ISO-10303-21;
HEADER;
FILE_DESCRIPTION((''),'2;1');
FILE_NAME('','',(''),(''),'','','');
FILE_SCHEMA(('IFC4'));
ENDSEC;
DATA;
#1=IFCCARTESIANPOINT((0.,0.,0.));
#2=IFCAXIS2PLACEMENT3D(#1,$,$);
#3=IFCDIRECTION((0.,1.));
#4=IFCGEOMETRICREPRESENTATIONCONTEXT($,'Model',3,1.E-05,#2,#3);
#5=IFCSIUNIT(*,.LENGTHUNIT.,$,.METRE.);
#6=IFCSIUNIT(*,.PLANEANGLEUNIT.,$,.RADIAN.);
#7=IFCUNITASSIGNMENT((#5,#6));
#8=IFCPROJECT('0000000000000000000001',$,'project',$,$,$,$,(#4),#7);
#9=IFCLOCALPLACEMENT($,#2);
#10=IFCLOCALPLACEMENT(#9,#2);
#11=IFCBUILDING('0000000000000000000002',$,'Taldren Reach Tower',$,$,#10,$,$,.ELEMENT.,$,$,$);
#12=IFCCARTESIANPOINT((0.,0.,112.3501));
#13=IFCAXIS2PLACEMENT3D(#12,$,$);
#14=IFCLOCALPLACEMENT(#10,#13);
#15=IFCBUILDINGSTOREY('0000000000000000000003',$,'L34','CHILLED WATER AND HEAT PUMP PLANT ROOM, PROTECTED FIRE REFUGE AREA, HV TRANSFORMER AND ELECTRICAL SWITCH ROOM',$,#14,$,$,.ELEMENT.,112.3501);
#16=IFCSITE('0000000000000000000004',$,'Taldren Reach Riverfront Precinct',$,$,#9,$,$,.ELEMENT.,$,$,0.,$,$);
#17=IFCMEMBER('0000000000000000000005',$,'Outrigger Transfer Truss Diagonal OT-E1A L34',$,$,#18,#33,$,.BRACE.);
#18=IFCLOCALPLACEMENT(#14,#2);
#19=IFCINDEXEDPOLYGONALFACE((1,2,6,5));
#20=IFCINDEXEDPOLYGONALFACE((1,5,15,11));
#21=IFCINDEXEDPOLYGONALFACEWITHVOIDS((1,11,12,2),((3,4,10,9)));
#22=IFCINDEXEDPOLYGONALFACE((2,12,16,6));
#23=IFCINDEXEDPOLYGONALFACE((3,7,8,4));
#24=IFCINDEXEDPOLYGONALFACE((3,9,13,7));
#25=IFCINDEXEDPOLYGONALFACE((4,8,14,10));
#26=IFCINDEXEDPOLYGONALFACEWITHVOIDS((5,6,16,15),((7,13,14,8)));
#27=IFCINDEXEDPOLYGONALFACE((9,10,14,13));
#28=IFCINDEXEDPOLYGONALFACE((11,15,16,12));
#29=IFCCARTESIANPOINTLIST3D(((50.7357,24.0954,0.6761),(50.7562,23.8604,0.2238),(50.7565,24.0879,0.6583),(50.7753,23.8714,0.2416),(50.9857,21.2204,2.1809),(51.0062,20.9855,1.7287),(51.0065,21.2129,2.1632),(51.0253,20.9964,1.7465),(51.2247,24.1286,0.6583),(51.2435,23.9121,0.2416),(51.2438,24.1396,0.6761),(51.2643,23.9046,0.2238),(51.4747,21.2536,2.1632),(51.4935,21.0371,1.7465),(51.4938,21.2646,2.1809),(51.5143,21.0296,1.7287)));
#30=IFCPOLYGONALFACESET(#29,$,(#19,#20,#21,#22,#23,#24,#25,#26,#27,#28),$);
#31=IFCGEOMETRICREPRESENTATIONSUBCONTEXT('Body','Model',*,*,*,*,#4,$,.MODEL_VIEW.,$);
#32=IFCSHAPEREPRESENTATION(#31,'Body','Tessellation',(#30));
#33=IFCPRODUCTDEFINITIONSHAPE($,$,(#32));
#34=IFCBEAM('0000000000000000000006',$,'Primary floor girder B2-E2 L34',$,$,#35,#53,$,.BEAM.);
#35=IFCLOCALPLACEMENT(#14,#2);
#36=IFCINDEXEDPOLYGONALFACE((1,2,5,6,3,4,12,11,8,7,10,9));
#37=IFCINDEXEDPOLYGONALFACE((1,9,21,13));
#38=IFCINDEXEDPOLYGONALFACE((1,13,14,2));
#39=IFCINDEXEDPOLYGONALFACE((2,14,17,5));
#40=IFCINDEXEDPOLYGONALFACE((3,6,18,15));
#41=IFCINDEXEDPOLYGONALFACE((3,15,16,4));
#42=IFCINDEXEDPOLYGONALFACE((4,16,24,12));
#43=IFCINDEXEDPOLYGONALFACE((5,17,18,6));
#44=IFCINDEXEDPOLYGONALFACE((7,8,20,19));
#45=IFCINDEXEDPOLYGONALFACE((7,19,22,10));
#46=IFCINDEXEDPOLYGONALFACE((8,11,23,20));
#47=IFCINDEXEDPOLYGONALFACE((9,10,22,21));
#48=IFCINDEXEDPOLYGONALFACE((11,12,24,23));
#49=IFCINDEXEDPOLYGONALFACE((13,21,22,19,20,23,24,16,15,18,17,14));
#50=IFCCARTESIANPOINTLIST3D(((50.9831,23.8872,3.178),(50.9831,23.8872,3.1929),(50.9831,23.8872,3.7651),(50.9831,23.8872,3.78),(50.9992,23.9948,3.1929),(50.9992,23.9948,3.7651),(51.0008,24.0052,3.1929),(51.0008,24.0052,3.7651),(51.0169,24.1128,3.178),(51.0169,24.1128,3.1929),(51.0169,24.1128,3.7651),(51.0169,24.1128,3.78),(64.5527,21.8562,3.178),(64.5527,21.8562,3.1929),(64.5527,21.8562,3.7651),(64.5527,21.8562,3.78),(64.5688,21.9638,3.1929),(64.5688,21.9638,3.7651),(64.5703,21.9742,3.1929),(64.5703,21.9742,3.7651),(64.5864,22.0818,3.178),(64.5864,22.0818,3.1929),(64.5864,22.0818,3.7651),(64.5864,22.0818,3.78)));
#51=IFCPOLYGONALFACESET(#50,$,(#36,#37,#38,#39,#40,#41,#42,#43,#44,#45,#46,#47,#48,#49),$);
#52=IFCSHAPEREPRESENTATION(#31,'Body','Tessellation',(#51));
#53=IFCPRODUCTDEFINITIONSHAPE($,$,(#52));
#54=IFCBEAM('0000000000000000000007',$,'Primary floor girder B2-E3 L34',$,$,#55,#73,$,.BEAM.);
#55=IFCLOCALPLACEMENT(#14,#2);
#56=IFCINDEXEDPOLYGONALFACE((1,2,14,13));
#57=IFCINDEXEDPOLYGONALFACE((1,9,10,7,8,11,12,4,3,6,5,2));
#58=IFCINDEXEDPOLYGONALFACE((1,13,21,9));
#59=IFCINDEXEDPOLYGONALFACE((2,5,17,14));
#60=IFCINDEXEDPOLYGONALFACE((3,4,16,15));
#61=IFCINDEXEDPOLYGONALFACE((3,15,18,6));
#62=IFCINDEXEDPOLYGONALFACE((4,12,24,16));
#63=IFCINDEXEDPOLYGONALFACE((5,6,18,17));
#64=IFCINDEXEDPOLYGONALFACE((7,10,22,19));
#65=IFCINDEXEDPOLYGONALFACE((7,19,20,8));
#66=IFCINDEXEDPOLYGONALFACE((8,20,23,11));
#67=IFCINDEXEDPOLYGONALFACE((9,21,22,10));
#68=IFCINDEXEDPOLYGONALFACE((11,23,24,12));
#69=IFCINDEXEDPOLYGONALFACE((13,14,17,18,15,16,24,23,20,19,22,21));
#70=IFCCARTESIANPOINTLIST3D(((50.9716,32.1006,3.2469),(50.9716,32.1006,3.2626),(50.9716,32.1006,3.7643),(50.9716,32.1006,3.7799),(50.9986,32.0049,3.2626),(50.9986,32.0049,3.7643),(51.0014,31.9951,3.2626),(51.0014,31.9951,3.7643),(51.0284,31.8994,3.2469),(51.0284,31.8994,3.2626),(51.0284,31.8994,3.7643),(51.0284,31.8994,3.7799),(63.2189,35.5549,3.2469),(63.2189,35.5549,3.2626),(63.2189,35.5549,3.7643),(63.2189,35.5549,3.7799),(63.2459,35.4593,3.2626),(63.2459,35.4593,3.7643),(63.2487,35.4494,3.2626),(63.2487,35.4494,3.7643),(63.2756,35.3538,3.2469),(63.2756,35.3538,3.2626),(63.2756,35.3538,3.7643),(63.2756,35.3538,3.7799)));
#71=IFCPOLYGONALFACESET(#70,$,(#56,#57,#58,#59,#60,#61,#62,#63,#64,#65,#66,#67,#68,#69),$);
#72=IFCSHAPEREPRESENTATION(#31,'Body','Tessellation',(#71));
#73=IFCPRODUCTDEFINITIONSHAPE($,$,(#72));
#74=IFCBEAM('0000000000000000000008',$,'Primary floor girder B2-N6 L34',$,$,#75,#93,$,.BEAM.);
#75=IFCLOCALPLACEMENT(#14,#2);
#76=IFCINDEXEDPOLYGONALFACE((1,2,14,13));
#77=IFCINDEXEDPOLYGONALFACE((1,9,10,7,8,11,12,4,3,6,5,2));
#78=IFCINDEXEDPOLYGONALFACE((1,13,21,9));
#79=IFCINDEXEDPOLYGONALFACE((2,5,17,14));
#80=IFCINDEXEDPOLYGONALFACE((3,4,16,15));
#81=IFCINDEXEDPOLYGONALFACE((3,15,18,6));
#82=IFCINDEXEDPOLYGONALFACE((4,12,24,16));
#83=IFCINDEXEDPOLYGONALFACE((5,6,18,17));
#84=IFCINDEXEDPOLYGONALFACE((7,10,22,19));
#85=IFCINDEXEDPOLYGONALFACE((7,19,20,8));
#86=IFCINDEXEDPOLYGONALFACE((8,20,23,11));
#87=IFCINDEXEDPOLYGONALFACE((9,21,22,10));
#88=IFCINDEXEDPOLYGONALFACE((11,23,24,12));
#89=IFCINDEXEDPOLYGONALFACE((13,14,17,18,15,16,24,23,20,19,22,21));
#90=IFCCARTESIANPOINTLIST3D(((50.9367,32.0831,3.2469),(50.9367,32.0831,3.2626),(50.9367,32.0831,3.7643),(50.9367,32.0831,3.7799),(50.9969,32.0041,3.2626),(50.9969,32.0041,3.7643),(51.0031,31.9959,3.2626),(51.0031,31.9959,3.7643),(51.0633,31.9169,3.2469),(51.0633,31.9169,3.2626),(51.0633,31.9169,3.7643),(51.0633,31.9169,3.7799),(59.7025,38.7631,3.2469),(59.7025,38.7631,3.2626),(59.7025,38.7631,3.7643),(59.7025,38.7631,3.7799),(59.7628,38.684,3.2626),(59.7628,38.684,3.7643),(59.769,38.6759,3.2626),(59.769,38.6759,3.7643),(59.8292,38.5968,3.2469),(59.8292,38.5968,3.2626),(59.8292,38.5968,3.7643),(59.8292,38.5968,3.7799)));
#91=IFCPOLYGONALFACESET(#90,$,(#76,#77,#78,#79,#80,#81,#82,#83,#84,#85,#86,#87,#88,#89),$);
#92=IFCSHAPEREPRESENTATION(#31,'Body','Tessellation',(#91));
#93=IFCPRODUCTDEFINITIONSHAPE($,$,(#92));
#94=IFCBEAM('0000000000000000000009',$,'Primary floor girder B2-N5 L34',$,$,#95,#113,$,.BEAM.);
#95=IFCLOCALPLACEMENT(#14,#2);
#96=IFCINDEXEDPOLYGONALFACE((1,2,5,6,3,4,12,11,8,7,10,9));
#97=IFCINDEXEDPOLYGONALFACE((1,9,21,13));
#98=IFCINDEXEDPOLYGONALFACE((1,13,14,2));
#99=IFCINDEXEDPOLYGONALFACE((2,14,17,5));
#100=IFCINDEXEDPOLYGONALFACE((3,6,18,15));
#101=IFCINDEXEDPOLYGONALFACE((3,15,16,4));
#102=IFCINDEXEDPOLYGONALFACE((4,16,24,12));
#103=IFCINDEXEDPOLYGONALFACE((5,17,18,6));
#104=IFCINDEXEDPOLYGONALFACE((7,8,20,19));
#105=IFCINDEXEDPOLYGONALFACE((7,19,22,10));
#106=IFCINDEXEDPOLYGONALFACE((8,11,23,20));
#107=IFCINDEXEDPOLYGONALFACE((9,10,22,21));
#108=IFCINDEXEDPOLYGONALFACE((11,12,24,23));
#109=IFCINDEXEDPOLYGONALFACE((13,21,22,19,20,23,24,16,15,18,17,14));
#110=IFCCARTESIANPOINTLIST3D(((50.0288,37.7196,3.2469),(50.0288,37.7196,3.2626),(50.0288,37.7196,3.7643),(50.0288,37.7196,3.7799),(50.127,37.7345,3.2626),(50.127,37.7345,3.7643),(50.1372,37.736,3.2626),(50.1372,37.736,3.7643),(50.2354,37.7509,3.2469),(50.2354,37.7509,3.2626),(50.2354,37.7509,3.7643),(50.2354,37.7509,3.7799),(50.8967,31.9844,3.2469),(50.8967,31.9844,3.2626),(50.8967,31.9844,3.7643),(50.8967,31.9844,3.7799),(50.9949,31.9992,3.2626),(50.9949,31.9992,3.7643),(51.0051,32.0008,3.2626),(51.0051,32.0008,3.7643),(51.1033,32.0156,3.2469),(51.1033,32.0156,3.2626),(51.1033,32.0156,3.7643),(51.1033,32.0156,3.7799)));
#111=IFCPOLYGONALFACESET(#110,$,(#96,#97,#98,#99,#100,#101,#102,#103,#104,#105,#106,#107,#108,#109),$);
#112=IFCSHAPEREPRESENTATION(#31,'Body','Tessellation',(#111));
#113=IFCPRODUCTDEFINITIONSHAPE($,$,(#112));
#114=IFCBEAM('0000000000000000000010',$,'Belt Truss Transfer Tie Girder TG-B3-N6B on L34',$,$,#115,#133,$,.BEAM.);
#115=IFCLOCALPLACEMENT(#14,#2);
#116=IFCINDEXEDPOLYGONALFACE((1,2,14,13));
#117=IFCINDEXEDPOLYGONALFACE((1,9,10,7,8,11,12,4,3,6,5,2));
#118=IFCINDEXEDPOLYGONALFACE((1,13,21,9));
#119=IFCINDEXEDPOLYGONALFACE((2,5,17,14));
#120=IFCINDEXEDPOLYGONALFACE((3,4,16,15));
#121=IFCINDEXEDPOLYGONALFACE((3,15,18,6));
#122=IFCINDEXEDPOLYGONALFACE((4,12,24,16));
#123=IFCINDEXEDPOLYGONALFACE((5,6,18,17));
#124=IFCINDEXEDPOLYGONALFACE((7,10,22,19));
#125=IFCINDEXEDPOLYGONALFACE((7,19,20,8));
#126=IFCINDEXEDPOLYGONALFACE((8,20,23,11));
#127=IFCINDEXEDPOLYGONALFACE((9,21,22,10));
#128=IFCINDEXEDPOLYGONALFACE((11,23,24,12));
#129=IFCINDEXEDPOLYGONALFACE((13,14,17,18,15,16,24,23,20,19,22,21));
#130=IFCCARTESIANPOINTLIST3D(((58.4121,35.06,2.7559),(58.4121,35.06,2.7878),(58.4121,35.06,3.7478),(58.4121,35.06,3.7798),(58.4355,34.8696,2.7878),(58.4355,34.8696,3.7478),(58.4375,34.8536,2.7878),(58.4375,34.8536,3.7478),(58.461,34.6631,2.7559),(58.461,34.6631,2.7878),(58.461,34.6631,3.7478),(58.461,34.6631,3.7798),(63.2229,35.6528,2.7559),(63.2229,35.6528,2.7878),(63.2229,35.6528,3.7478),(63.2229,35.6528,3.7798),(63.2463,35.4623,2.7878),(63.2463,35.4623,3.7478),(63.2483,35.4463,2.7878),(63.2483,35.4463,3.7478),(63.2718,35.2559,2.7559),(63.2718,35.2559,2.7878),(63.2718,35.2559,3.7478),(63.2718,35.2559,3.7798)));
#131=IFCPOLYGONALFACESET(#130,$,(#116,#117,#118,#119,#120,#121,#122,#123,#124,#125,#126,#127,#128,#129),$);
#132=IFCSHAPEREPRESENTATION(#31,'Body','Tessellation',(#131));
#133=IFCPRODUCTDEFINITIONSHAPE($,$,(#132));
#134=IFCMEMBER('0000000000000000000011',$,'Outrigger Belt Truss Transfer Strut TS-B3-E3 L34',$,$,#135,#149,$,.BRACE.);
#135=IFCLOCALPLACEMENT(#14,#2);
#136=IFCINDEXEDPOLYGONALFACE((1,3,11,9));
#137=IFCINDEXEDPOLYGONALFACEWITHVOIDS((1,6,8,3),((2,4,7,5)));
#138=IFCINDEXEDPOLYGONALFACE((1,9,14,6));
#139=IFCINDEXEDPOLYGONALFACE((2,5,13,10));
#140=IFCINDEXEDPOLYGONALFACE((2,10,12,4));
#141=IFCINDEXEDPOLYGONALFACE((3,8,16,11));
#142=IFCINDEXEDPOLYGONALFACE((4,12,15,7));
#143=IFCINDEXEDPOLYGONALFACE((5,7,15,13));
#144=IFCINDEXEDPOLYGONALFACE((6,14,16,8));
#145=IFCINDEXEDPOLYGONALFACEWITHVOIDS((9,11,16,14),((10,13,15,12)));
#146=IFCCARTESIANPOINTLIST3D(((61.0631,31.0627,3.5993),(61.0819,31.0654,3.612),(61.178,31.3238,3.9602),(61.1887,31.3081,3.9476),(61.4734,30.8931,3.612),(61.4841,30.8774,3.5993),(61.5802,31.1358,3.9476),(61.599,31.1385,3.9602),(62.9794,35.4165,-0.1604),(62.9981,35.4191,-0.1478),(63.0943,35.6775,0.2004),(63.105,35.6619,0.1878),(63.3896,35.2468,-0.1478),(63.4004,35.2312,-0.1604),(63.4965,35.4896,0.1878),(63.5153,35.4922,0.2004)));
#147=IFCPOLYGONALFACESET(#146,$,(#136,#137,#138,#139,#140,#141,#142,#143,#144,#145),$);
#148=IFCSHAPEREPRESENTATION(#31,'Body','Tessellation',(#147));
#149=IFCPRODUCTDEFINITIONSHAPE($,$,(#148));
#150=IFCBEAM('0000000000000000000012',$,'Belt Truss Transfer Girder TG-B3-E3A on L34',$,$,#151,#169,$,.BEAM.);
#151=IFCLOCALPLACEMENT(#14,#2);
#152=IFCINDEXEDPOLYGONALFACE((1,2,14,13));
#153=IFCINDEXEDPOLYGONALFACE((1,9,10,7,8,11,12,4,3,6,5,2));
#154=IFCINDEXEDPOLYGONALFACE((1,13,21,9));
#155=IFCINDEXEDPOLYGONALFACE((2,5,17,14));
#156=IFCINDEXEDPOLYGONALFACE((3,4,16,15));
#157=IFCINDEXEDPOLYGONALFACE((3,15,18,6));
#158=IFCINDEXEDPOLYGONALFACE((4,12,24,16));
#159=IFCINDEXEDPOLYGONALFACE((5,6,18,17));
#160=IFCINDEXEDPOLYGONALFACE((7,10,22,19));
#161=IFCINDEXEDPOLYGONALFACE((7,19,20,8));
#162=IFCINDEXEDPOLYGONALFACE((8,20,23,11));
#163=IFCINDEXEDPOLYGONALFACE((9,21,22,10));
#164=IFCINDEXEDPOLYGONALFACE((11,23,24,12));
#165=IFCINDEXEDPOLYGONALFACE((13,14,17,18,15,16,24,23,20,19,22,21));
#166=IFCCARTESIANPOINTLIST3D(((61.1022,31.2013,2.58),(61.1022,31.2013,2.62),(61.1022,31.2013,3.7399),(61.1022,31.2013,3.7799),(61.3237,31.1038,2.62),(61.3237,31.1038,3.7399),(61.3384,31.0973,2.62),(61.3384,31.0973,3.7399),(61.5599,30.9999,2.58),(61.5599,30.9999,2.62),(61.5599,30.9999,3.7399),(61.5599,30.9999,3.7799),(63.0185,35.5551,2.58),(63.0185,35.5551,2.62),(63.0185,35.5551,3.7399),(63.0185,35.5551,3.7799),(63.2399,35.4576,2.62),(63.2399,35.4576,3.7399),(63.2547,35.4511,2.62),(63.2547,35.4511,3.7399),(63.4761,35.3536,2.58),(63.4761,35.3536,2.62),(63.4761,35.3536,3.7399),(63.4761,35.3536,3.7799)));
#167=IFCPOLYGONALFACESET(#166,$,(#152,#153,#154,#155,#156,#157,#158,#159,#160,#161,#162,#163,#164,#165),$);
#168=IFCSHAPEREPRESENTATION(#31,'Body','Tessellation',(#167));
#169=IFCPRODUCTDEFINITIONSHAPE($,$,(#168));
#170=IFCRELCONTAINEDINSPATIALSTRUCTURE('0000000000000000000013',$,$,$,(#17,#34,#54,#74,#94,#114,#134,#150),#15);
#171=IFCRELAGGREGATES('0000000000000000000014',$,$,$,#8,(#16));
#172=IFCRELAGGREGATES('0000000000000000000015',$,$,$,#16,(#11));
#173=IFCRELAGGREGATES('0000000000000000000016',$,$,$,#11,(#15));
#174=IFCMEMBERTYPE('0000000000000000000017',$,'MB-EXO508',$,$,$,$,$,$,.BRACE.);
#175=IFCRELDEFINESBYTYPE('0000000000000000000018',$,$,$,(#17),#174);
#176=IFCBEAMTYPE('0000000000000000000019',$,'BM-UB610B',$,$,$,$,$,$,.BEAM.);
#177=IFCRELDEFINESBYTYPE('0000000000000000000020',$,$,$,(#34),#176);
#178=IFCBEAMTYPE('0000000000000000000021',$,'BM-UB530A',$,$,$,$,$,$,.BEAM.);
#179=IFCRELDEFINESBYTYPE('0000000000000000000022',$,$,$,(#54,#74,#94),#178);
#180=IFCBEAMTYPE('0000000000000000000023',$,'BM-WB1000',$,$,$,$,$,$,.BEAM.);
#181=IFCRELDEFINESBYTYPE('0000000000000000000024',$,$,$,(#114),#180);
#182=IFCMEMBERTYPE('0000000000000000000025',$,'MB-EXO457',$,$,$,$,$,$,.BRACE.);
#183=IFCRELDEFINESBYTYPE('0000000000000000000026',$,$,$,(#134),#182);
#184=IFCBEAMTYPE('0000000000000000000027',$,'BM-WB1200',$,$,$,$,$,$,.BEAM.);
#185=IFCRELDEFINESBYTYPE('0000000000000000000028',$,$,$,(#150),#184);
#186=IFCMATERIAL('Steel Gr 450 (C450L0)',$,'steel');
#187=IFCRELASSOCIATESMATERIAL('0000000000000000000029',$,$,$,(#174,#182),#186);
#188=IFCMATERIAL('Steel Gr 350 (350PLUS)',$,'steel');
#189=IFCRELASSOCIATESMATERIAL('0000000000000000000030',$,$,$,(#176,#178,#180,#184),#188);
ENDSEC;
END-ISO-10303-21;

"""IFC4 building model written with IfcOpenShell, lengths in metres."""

from ifc_helpers import new_model, si_unit, direction, frame, origin, origin_2d, place, context, subcontext, project, spatial, hollow_rectangle, i_section, extrude, source, transform, mapped, material, material_profile, profile_set, type_object, element, save


model = new_model("IFC4")

# Units and contexts
model_context = context("Model", 3, precision=1e-05, world=origin(), true_north=direction((0.0, 1.0)))
body_context = subcontext(model_context, "Body", "Model", "MODEL_VIEW")
ifc_project = project(units=[si_unit("LENGTHUNIT", "METRE"), si_unit("PLANEANGLEUNIT", "RADIAN")], contexts=[model_context])

# Site, building, storey
site_placement = place(None, origin())
site = spatial("IfcSite", under=ifc_project, at=site_placement, Name="Taldren Reach Riverfront Precinct", CompositionType="ELEMENT", RefElevation=0.0)
building_placement = place(site_placement, origin())
building = spatial("IfcBuilding", under=site, at=building_placement, Name="Taldren Reach Tower", CompositionType="ELEMENT")
storey_placement = place(building_placement, frame((0.0, 0.0, 112.3501)))
storey = spatial("IfcBuildingStorey", under=building, at=storey_placement, Name="L34", Description="CHILLED WATER AND HEAT PUMP PLANT ROOM, PROTECTED FIRE REFUGE AREA, HV TRANSFORMER AND ELECTRICAL SWITCH ROOM", CompositionType="ELEMENT", Elevation=112.3501)

# Shared definitions
ifc_material_1 = material(Name="Steel Gr 350 (350PLUS)", Category="steel")

# Member
ifc_material_2 = material(Name="Steel Gr 450 (C450L0)", Category="steel")
ifc_material_profile_1 = material_profile(ifc_material_2, hollow_rectangle(XDim=0.51, YDim=0.51, WallThickness=0.02, at=origin_2d()), Name="510x510x20.0SHS")
ifc_profile_set_1 = profile_set([ifc_material_profile_1], Name="Steel Gr 450 (C450L0)")
member_type_1 = type_object("IfcMemberType", Name="MB-EXO508", PredefinedType="BRACE", material=ifc_profile_set_1)
shared_shape_1 = source(origin(), body_context, "Body", "SweptSolid", [
    extrude(hollow_rectangle(XDim=0.51, YDim=0.51, WallThickness=0.02, at=origin_2d()), origin(), (0.0, 0.0, 1.0), 3.2546),
])
member_1_placement = place(storey_placement, frame((51.0, 24.0, 0.45), z_axis=(0.076813, -0.883349, 0.462378), x_axis=(0.996241, 0.08663, 0.0)))
element("IfcMember", 1, at=member_1_placement, inside=storey, type_object=member_type_1, Name="Outrigger Transfer Truss Diagonal OT-E1A L34", PredefinedType="BRACE", context=body_context, shape_type="MappedRepresentation", body=[
    mapped(shared_shape_1, transform((0.0, 0.0, 0.0), scale=1.0)),
])

# Beams
ifc_material_profile_2 = material_profile(ifc_material_1, i_section(OverallWidth=0.228, OverallDepth=0.6021, WebThickness=0.0105, FlangeThickness=0.0149, at=origin_2d()), Name="610UB101")
ifc_profile_set_2 = profile_set([ifc_material_profile_2], Name="Steel Gr 350 (350PLUS)")
beam_type_1 = type_object("IfcBeamType", Name="BM-UB610B", PredefinedType="BEAM", material=ifc_profile_set_2)
shared_shape_2 = source(origin(), body_context, "Body", "SweptSolid", [
    extrude(i_section(OverallWidth=0.228, OverallDepth=0.6021, WebThickness=0.0105, FlangeThickness=0.0149, at=origin_2d()), origin(), (0.0, 0.0, 1.0), 13.7207),
])
beam_1_placement = place(storey_placement, frame((51.0, 24.0, 3.479), z_axis=(0.988984, -0.148025, 0.0), x_axis=(0.148025, 0.988984, 0.0)))
element("IfcBeam", 2, at=beam_1_placement, inside=storey, type_object=beam_type_1, Name="Primary floor girder B2-E2 L34", PredefinedType="BEAM", context=body_context, shape_type="MappedRepresentation", body=[
    mapped(shared_shape_2, transform((0.0, 0.0, 0.0), scale=1.0)),
])
ifc_material_profile_3 = material_profile(ifc_material_1, i_section(OverallWidth=0.209, OverallDepth=0.533, WebThickness=0.0103, FlangeThickness=0.0156, at=origin_2d()), Name="530UB92.4")
ifc_profile_set_3 = profile_set([ifc_material_profile_3], Name="Steel Gr 350 (350PLUS)")
beam_type_2 = type_object("IfcBeamType", Name="BM-UB530A", PredefinedType="BEAM", material=ifc_profile_set_3)
shared_shape_3 = source(origin(), body_context, "Body", "SweptSolid", [
    extrude(i_section(OverallWidth=0.209, OverallDepth=0.533, WebThickness=0.0103, FlangeThickness=0.0156, at=origin_2d()), origin(), (0.0, 0.0, 1.0), 12.7251),
])
beam_2_placement = place(storey_placement, frame((51.0, 32.0, 3.5134), z_axis=(0.96245, 0.271458, 0.0), x_axis=(-0.271458, 0.96245, 0.0)))
element("IfcBeam", 3, at=beam_2_placement, inside=storey, type_object=beam_type_2, Name="Primary floor girder B2-E3 L34", PredefinedType="BEAM", context=body_context, shape_type="MappedRepresentation", body=[
    mapped(shared_shape_3, transform((0.0, 0.0, 0.0), scale=1.0)),
])
shared_shape_4 = source(origin(), body_context, "Body", "SweptSolid", [
    extrude(i_section(OverallWidth=0.209, OverallDepth=0.533, WebThickness=0.0103, FlangeThickness=0.0156, at=origin_2d()), origin(), (0.0, 0.0, 1.0), 11.021),
])
beam_3_placement = place(storey_placement, frame((51.0, 32.0, 3.5134), z_axis=(0.79538, 0.606111, 0.0), x_axis=(-0.606111, 0.79538, 0.0)))
element("IfcBeam", 4, at=beam_3_placement, inside=storey, type_object=beam_type_2, Name="Primary floor girder B2-N6 L34", PredefinedType="BEAM", context=body_context, shape_type="MappedRepresentation", body=[
    mapped(shared_shape_4, transform((0.0, 0.0, 0.0), scale=1.0)),
])
shared_shape_5 = source(origin(), body_context, "Body", "SweptSolid", [
    extrude(i_section(OverallWidth=0.209, OverallDepth=0.533, WebThickness=0.0103, FlangeThickness=0.0156, at=origin_2d()), origin(), (0.0, 0.0, 1.0), 5.8005),
])
beam_4_placement = place(storey_placement, frame((51.0, 32.0, 3.5134), z_axis=(-0.149625, 0.988743, 0.0), x_axis=(-0.988743, -0.149625, 0.0)))
element("IfcBeam", 5, at=beam_4_placement, inside=storey, type_object=beam_type_2, Name="Primary floor girder B2-N5 L34", PredefinedType="BEAM", context=body_context, shape_type="MappedRepresentation", body=[
    mapped(shared_shape_5, transform((0.0, 0.0, 0.0), scale=1.0)),
])
ifc_material_profile_4 = material_profile(ifc_material_1, i_section(OverallWidth=0.3999, OverallDepth=1.0239, WebThickness=0.0161, FlangeThickness=0.032, at=origin_2d()), Name="1000WB322")
ifc_profile_set_4 = profile_set([ifc_material_profile_4], Name="Steel Gr 350 (350PLUS)")
beam_type_3 = type_object("IfcBeamType", Name="BM-WB1000", PredefinedType="BEAM", material=ifc_profile_set_4)
shared_shape_6 = source(origin(), body_context, "Body", "SweptSolid", [
    extrude(i_section(OverallWidth=0.3999, OverallDepth=1.0239, WebThickness=0.0161, FlangeThickness=0.032, at=origin_2d()), origin(), (0.0, 0.0, 1.0), 4.8472),
])
beam_5_placement = place(storey_placement, frame((63.2473, 35.4543, 3.2678), z_axis=(-0.992494, -0.122293, 0.0), x_axis=(0.122293, -0.992494, 0.0)))
element("IfcBeam", 6, at=beam_5_placement, inside=storey, type_object=beam_type_3, Name="Belt Truss Transfer Tie Girder TG-B3-N6B on L34", PredefinedType="BEAM", context=body_context, shape_type="MappedRepresentation", body=[
    mapped(shared_shape_6, transform((0.0, 0.0, 0.0), scale=1.0)),
])

# Member
ifc_material_profile_5 = material_profile(ifc_material_2, hollow_rectangle(XDim=0.46, YDim=0.46, WallThickness=0.0161, at=origin_2d()), Name="460x460x16.0SHS")
ifc_profile_set_5 = profile_set([ifc_material_profile_5], Name="Steel Gr 450 (C450L0)")
member_type_2 = type_object("IfcMemberType", Name="MB-EXO457", PredefinedType="BRACE", material=ifc_profile_set_5)
shared_shape_7 = source(origin(), body_context, "Body", "SweptSolid", [
    extrude(hollow_rectangle(XDim=0.46, YDim=0.46, WallThickness=0.0161, at=origin_2d()), origin(), (0.0, 0.0, 1.0), 6.0632),
])
member_2_placement = place(storey_placement, frame((63.2473, 35.4543, 0.02), z_axis=(-0.316045, -0.718056, 0.62009), x_axis=(0.915268, -0.402845, 0.0)))
element("IfcMember", 7, at=member_2_placement, inside=storey, type_object=member_type_2, Name="Outrigger Belt Truss Transfer Strut TS-B3-E3 L34", PredefinedType="BRACE", context=body_context, shape_type="MappedRepresentation", body=[
    mapped(shared_shape_7, transform((0.0, 0.0, 0.0), scale=1.0)),
])

# Beam
ifc_material_profile_6 = material_profile(ifc_material_1, i_section(OverallWidth=0.5, OverallDepth=1.2, WebThickness=0.0161, FlangeThickness=0.04, at=origin_2d()), Name="1200WB455")
ifc_profile_set_6 = profile_set([ifc_material_profile_6], Name="Steel Gr 350 (350PLUS)")
beam_type_4 = type_object("IfcBeamType", Name="BM-WB1200", PredefinedType="BEAM", material=ifc_profile_set_6)
shared_shape_8 = source(origin(), body_context, "Body", "SweptSolid", [
    extrude(i_section(OverallWidth=0.5, OverallDepth=1.2, WebThickness=0.0161, FlangeThickness=0.04, at=origin_2d()), origin(), (0.0, 0.0, 1.0), 4.7568),
])
beam_6_placement = place(storey_placement, frame((63.2473, 35.4543, 3.1799), z_axis=(-0.402845, -0.915268, 0.0), x_axis=(0.915268, -0.402845, 0.0)))
element("IfcBeam", 8, at=beam_6_placement, inside=storey, type_object=beam_type_4, Name="Belt Truss Transfer Girder TG-B3-E3A on L34", PredefinedType="BEAM", context=body_context, shape_type="MappedRepresentation", body=[
    mapped(shared_shape_8, transform((0.0, 0.0, 0.0), scale=1.0)),
])

save(model, "model.ifc")
